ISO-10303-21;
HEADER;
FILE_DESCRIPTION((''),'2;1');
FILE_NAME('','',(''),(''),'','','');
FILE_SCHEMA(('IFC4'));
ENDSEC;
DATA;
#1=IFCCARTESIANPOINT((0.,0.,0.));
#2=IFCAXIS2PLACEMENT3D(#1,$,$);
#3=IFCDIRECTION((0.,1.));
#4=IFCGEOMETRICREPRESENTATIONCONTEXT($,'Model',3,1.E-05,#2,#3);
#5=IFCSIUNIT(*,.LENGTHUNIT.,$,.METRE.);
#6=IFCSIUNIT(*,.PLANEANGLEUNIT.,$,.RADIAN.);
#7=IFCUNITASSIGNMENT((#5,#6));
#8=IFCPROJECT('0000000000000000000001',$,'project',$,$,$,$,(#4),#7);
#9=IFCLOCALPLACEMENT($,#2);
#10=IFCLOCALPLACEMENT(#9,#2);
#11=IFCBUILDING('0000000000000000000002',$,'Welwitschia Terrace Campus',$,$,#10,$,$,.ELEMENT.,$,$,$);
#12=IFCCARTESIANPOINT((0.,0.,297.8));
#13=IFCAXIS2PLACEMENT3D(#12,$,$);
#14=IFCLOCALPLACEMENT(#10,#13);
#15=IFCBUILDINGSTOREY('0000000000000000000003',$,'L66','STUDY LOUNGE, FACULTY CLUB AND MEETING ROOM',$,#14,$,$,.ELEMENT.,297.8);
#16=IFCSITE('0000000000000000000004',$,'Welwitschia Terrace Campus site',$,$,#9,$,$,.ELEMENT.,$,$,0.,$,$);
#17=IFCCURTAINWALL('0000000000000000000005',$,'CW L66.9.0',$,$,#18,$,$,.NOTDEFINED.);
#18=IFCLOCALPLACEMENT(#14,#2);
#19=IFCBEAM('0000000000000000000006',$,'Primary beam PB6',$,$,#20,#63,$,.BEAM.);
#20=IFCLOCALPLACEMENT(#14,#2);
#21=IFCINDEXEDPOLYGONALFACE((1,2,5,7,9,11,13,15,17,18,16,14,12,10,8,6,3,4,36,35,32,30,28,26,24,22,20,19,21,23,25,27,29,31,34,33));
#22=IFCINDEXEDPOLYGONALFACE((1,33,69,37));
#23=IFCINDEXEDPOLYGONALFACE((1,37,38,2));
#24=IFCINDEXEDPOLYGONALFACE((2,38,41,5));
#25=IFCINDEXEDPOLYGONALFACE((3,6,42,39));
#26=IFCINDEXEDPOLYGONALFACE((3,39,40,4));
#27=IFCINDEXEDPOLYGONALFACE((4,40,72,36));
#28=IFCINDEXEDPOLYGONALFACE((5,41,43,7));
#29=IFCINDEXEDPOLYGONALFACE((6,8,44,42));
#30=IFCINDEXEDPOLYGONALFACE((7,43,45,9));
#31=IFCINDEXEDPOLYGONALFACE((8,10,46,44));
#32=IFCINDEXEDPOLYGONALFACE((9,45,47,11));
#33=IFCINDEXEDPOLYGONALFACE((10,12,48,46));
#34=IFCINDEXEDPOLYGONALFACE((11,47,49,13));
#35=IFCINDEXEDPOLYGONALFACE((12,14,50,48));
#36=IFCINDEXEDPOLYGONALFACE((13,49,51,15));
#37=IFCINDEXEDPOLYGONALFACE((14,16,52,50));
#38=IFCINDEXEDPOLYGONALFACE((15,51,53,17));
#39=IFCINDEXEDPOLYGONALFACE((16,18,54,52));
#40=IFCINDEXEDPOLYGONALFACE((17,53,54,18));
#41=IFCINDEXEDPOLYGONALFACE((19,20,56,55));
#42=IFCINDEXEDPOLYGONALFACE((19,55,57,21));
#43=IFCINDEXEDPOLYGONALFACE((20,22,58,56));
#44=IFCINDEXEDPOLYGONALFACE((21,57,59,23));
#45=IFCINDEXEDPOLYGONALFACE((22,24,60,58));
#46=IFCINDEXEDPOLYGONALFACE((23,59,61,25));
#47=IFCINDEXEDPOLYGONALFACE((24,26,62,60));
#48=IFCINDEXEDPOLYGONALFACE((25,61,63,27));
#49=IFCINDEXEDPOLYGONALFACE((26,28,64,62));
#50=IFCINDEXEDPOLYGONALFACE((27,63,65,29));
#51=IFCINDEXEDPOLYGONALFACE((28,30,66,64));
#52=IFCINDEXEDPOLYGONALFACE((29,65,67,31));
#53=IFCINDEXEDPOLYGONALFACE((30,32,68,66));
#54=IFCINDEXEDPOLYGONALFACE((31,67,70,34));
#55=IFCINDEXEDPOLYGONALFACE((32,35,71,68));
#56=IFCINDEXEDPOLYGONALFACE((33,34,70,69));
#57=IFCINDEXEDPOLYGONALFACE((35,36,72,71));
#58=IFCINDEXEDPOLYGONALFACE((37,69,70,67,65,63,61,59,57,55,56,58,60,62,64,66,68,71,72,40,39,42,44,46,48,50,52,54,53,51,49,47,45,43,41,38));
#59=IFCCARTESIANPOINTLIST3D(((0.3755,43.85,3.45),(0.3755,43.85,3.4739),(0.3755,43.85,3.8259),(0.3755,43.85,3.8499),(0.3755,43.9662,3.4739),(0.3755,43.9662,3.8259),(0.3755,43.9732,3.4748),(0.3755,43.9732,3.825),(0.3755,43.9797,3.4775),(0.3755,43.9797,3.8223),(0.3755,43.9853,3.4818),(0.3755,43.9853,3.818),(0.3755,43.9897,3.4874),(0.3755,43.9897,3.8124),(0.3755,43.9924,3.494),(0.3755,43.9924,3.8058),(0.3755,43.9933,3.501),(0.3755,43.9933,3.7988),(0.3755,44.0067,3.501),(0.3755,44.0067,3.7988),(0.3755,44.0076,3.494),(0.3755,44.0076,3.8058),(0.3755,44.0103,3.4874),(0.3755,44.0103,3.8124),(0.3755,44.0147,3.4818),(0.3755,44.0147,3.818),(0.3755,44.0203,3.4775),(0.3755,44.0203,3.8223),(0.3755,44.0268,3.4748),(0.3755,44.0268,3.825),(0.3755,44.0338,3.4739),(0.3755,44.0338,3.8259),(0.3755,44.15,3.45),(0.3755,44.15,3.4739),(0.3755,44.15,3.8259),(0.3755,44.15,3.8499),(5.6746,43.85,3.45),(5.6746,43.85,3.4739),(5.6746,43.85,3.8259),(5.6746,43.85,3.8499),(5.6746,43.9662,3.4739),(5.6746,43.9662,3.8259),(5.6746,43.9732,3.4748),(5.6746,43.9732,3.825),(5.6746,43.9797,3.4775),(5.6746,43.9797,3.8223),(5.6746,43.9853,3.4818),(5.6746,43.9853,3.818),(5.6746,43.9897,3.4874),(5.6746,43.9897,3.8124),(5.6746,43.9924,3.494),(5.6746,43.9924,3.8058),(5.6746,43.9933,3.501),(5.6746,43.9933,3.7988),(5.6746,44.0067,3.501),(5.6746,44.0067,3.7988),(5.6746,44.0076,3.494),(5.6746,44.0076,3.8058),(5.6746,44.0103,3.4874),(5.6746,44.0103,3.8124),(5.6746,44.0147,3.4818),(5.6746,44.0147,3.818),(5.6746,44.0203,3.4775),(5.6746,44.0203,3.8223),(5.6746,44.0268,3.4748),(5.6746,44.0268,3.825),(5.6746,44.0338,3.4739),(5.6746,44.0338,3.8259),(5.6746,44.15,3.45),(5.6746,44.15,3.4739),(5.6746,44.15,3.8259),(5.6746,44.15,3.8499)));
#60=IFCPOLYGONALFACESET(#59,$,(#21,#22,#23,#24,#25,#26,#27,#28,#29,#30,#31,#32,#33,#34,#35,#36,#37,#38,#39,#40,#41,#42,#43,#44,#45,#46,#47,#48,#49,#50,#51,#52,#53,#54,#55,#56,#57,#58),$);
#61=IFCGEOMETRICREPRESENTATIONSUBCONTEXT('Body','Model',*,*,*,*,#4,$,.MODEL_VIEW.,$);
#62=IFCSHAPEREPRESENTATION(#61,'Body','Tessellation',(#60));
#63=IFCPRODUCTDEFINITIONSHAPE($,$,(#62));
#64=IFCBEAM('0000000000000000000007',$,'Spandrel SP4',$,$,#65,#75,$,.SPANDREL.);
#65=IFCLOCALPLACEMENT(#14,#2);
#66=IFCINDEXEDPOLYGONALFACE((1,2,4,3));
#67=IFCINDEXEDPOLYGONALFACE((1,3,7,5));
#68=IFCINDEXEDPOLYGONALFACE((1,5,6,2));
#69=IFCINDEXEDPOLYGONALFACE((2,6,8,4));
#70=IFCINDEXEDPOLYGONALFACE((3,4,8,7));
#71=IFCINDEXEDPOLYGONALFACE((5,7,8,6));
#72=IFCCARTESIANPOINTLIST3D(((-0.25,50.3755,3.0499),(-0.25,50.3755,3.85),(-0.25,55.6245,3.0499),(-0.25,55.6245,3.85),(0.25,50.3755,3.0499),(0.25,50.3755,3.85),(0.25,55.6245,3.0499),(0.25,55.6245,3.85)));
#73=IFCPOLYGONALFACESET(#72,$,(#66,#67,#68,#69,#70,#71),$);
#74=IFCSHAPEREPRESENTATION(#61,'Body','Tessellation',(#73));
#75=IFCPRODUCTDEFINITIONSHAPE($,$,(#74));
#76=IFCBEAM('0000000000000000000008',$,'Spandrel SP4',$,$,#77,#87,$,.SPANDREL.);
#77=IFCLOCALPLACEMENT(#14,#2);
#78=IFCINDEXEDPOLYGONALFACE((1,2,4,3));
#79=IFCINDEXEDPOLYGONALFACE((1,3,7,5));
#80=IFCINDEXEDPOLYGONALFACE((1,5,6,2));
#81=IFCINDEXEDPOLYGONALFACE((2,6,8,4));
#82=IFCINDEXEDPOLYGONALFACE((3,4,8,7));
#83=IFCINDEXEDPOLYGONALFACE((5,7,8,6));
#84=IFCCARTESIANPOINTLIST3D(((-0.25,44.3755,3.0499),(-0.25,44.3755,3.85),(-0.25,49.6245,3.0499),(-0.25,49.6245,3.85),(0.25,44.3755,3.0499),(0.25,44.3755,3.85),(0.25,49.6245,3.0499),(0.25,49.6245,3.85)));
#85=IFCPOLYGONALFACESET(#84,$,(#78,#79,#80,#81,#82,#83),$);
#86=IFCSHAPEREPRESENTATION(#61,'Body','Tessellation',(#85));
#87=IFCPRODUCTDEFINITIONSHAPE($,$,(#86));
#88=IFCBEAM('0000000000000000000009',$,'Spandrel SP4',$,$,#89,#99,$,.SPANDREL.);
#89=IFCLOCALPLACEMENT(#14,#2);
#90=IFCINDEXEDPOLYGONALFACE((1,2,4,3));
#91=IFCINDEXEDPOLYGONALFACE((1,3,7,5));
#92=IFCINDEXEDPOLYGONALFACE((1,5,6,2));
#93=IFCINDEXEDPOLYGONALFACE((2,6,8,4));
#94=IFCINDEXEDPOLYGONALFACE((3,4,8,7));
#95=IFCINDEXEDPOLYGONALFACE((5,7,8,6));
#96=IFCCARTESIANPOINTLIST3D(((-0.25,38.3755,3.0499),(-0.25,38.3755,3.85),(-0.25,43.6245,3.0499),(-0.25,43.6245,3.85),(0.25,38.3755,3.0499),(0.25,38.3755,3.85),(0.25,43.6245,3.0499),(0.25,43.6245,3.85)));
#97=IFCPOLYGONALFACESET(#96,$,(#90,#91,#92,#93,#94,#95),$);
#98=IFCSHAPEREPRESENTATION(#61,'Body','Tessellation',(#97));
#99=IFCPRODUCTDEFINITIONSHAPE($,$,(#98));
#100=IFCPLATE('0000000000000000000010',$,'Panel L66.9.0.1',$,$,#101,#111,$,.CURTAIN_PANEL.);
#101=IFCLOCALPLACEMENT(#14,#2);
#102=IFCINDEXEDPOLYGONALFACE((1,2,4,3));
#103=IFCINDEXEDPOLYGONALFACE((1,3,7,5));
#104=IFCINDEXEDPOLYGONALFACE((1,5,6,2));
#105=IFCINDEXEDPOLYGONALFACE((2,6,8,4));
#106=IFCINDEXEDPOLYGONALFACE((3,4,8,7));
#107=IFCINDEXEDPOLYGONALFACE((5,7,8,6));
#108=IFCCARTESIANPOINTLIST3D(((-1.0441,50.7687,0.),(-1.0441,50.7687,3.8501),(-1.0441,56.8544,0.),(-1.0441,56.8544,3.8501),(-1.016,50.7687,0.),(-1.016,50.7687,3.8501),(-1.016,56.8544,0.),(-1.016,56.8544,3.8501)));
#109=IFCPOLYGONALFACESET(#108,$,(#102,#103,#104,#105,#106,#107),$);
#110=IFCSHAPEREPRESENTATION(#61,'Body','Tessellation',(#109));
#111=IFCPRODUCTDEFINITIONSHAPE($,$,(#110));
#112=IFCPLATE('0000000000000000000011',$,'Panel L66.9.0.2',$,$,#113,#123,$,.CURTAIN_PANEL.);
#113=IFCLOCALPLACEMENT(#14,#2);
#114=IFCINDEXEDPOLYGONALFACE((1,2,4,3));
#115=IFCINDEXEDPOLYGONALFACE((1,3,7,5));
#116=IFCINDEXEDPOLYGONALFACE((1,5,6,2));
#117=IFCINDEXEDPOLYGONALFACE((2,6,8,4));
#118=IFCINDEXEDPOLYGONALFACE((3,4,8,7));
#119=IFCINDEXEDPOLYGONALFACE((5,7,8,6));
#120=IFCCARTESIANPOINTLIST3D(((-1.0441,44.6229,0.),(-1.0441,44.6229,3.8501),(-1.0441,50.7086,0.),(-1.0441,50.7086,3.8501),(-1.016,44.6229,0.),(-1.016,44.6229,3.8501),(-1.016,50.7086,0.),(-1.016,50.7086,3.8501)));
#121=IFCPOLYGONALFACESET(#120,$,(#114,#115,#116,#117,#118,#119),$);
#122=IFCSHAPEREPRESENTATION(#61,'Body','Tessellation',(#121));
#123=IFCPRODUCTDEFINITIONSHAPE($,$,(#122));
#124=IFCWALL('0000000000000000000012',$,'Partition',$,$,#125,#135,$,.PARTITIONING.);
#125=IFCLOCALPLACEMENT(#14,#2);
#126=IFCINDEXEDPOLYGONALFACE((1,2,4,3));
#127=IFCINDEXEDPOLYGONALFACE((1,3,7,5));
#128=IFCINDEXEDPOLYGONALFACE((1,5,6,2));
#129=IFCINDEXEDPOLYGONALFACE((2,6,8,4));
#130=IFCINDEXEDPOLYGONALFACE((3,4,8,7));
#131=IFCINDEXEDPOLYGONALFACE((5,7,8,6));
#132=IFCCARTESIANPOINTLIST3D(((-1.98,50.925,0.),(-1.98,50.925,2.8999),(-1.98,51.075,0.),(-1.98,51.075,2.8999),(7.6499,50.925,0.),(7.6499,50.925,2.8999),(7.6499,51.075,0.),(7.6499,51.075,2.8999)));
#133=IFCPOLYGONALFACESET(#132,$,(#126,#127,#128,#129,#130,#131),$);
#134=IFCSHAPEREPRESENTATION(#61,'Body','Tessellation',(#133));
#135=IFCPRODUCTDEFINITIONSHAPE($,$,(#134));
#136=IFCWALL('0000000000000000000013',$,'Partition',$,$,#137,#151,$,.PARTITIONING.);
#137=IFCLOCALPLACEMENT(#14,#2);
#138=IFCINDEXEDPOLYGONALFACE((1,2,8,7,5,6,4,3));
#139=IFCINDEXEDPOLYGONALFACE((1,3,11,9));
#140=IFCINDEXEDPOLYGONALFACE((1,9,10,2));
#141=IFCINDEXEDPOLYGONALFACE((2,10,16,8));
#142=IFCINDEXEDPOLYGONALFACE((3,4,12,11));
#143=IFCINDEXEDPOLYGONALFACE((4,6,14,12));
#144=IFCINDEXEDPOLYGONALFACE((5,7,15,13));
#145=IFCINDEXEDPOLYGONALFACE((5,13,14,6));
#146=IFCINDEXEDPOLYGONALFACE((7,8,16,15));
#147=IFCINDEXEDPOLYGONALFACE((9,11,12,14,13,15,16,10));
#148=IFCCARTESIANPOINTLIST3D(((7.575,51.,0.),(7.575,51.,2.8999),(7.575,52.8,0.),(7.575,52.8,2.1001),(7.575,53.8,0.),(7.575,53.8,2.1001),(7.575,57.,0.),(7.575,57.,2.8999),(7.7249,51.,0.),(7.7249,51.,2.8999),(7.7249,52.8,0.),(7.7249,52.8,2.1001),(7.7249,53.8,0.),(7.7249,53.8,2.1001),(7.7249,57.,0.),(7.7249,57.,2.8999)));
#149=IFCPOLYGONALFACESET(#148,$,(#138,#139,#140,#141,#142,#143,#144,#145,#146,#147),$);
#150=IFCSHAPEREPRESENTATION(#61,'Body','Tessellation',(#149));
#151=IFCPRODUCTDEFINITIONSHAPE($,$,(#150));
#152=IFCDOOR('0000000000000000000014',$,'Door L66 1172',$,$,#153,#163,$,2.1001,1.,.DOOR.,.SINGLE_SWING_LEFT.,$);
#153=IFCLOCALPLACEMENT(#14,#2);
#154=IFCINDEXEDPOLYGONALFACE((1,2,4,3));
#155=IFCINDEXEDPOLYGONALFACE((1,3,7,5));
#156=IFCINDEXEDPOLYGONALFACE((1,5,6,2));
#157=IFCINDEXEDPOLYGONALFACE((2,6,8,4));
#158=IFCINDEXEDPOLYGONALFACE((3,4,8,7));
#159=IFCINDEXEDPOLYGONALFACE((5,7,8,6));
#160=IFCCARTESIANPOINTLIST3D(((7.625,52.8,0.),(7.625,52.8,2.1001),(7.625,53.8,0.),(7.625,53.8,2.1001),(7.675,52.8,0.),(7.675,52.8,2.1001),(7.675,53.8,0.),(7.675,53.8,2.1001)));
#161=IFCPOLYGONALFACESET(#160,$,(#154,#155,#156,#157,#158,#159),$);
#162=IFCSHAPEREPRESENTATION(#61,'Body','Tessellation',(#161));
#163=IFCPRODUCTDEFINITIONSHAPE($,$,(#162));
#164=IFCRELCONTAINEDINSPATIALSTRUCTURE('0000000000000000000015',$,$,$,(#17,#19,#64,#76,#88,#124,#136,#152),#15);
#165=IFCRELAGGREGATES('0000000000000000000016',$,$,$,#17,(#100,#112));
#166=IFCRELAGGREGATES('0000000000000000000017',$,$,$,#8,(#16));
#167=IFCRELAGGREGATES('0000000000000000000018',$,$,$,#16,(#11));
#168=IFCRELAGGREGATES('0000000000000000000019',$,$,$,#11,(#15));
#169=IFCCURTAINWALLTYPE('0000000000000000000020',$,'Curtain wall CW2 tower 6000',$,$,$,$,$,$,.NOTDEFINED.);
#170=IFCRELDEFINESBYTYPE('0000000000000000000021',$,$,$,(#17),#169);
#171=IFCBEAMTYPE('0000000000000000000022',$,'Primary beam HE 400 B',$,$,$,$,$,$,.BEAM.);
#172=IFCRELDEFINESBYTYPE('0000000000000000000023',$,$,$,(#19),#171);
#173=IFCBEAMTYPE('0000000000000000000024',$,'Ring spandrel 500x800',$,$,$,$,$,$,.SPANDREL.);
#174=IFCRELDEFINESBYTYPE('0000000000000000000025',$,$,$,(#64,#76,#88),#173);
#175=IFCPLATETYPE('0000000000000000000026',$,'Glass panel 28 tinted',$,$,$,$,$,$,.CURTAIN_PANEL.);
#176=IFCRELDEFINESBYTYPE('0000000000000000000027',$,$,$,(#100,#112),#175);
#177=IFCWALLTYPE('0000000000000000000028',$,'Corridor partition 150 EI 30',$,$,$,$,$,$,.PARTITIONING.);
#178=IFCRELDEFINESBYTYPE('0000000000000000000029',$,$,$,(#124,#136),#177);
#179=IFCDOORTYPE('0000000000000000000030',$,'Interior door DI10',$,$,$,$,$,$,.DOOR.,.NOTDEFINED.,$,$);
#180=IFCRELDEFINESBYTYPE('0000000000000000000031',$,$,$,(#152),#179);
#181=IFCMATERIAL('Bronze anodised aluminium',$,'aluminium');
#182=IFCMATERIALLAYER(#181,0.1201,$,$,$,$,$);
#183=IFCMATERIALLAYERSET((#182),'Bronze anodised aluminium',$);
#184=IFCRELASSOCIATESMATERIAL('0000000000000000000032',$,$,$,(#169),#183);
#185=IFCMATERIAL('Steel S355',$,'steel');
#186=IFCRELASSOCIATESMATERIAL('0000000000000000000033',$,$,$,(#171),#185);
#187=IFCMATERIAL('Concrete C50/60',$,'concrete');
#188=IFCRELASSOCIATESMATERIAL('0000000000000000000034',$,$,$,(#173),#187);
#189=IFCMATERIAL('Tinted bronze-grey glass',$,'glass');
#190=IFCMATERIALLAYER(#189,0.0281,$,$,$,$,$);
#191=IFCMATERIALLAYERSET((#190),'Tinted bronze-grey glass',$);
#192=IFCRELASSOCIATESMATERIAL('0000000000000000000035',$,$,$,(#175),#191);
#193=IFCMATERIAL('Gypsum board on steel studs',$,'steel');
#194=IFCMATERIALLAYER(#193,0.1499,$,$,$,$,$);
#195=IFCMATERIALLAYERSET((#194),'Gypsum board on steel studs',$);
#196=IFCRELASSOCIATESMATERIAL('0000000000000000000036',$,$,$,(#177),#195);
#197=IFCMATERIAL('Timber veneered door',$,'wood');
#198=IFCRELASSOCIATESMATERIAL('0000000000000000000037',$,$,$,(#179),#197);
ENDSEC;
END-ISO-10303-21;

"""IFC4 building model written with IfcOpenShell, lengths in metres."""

from ifc_helpers import new_model, si_unit, direction, frame, frame_2d, origin, origin_2d, place, context, subcontext, project, spatial, rectangle, i_section, extrude, material, layer, layer_set, material_profile, profile_set, type_object, element, fill, aggregate, save


model = new_model("IFC4")

# Units and contexts
model_context = context("Model", 3, precision=1e-05, world=origin(), true_north=direction((0.0, 1.0)))
body_context = subcontext(model_context, "Body", "Model", "MODEL_VIEW")
ifc_project = project(units=[si_unit("LENGTHUNIT", "METRE"), si_unit("PLANEANGLEUNIT", "RADIAN")], contexts=[model_context])

# Site, building, storey
site_placement = place(None, origin())
site = spatial("IfcSite", under=ifc_project, at=site_placement, Name="Welwitschia Terrace Campus site", CompositionType="ELEMENT", RefElevation=0.0)
building_placement = place(site_placement, origin())
building = spatial("IfcBuilding", under=site, at=building_placement, Name="Welwitschia Terrace Campus", CompositionType="ELEMENT")
storey_placement = place(building_placement, frame((0.0, 0.0, 297.8)))
storey = spatial("IfcBuildingStorey", under=building, at=storey_placement, Name="L66", Description="STUDY LOUNGE, FACULTY CLUB AND MEETING ROOM", CompositionType="ELEMENT", Elevation=297.8)

# Curtain wall
ifc_material_1 = material(Name="Bronze anodised aluminium", Category="aluminium")
ifc_layer_1 = layer(ifc_material_1, 0.1201)
ifc_layer_set_1 = layer_set([ifc_layer_1], Name="Bronze anodised aluminium")
curtain_wall_type = type_object("IfcCurtainWallType", Name="Curtain wall CW2 tower 6000", PredefinedType="NOTDEFINED", material=ifc_layer_set_1)
curtain_wall_placement = place(storey_placement, origin())
curtain_wall = element("IfcCurtainWall", 1, at=curtain_wall_placement, inside=storey, type_object=curtain_wall_type, Name="CW L66.9.0", PredefinedType="NOTDEFINED")

# Beams
ifc_material_2 = material(Name="Steel S355", Category="steel")
ifc_material_profile_1 = material_profile(ifc_material_2, i_section(OverallWidth=0.3, OverallDepth=0.3999, WebThickness=0.0134, FlangeThickness=0.0239, FilletRadius=0.0271, at=origin_2d()))
ifc_profile_set_1 = profile_set([ifc_material_profile_1], Name="Steel S355")
beam_type_1 = type_object("IfcBeamType", Name="Primary beam HE 400 B", PredefinedType="BEAM", material=ifc_profile_set_1)
for number, where, z_axis, x_axis, name in (
    (2, (0.3755, 44.0, 3.6499), (1.0, 0.0, 0.0), (0.0, 1.0, 0.0), "Primary beam PB6"),
):
    element("IfcBeam", number, at=place(storey_placement, frame(where, z_axis=z_axis, x_axis=x_axis)), inside=storey, type_object=beam_type_1, Name=name, PredefinedType="BEAM", context=body_context, shape_type="SweptSolid", body=[
        extrude(i_section(OverallWidth=0.3, OverallDepth=0.3999, WebThickness=0.0134, FlangeThickness=0.0239, FilletRadius=0.0271, at=origin_2d()), origin(), (0.0, 0.0, 1.0), 5.2991),
    ])
ifc_material_3 = material(Name="Concrete C50/60", Category="concrete")
ifc_material_profile_2 = material_profile(ifc_material_3, rectangle(XDim=0.5, YDim=0.8, at=origin_2d()))
ifc_profile_set_2 = profile_set([ifc_material_profile_2], Name="Concrete C50/60")
beam_type_2 = type_object("IfcBeamType", Name="Ring spandrel 500x800", PredefinedType="SPANDREL", material=ifc_profile_set_2)
for number, where, z_axis, x_axis, name in (
    (3, (0.0, 55.6245, 3.45), (0.0, -1.0, 0.0), (1.0, 0.0, 0.0), "Spandrel SP4"),
    (4, (0.0, 49.6245, 3.45), (0.0, -1.0, 0.0), (1.0, 0.0, 0.0), "Spandrel SP4"),
    (5, (0.0, 43.6245, 3.45), (0.0, -1.0, 0.0), (1.0, 0.0, 0.0), "Spandrel SP4"),
):
    element("IfcBeam", number, at=place(storey_placement, frame(where, z_axis=z_axis, x_axis=x_axis)), inside=storey, type_object=beam_type_2, Name=name, PredefinedType="SPANDREL", context=body_context, shape_type="SweptSolid", body=[
        extrude(rectangle(XDim=0.5, YDim=0.8, at=origin_2d()), origin(), (0.0, 0.0, 1.0), 5.249),
    ])

# Plates
ifc_material_4 = material(Name="Tinted bronze-grey glass", Category="glass")
ifc_layer_2 = layer(ifc_material_4, 0.0281)
ifc_layer_set_2 = layer_set([ifc_layer_2], Name="Tinted bronze-grey glass")
plate_type = type_object("IfcPlateType", Name="Glass panel 28 tinted", PredefinedType="CURTAIN_PANEL", material=ifc_layer_set_2)
plate_1_placement = place(storey_placement, frame((-1.03, 53.8115, 0.0), z_axis=(0.0, 0.0, 1.0), x_axis=(0.0, -1.0, 0.0)))
plate_1 = element("IfcPlate", 6, at=plate_1_placement, type_object=plate_type, Name="Panel L66.9.0.1", PredefinedType="CURTAIN_PANEL", context=body_context, shape_type="SweptSolid", body=[
    extrude(rectangle(XDim=6.0857, YDim=0.0281, at=origin_2d()), origin(), (0.0, 0.0, 1.0), 3.8501),
])
plate_2_placement = place(storey_placement, frame((-1.03, 47.6658, 0.0), z_axis=(0.0, 0.0, 1.0), x_axis=(0.0, -1.0, 0.0)))
plate_2 = element("IfcPlate", 7, at=plate_2_placement, type_object=plate_type, Name="Panel L66.9.0.2", PredefinedType="CURTAIN_PANEL", context=body_context, shape_type="SweptSolid", body=[
    extrude(rectangle(XDim=6.0857, YDim=0.0281, at=origin_2d()), origin(), (0.0, 0.0, 1.0), 3.8501),
])
aggregate(curtain_wall, [plate_1, plate_2])

# Wall
ifc_material_5 = material(Name="Gypsum board on steel studs", Category="steel")
ifc_layer_3 = layer(ifc_material_5, 0.1499)
ifc_layer_set_3 = layer_set([ifc_layer_3], Name="Gypsum board on steel studs")
wall_type = type_object("IfcWallType", Name="Corridor partition 150 EI 30", PredefinedType="PARTITIONING", material=ifc_layer_set_3)
wall_1_placement = place(storey_placement, frame((-1.98, 51.0, 0.0), z_axis=(0.0, 0.0, 1.0), x_axis=(1.0, 0.0, 0.0)))
element("IfcWall", 8, at=wall_1_placement, inside=storey, type_object=wall_type, Name="Partition", PredefinedType="PARTITIONING", context=body_context, shape_type="SweptSolid", body=[
    extrude(rectangle(XDim=9.6299, YDim=0.1499, at=frame_2d((4.8149, 0.0))), origin(), (0.0, 0.0, 1.0), 2.8999),
])

# Wall, opening, door
wall_2_placement = place(storey_placement, frame((7.6499, 51.0, 0.0), z_axis=(0.0, 0.0, 1.0), x_axis=(0.0, 1.0, 0.0)))
wall_2 = element("IfcWall", 9, at=wall_2_placement, inside=storey, type_object=wall_type, Name="Partition", PredefinedType="PARTITIONING", context=body_context, shape_type="SweptSolid", body=[
    extrude(rectangle(XDim=6.0, YDim=0.1499, at=frame_2d((3.0, 0.0))), origin(), (0.0, 0.0, 1.0), 2.8999),
])
opening_1_placement = place(wall_2_placement, frame((1.8, 0.0, 0.0)))
opening_1 = element("IfcOpeningElement", 10, at=opening_1_placement, cuts=wall_2, PredefinedType="OPENING", context=body_context, shape_type="SweptSolid", body=[
    extrude(rectangle(XDim=1.0, YDim=2.1001, at=frame_2d((0.5, 1.05))), frame((0.0, 0.085, 0.0), z_axis=(0.0, -1.0, 0.0), x_axis=(1.0, 0.0, 0.0)), (0.0, 0.0, 1.0), 0.1699),
])
ifc_material_6 = material(Name="Timber veneered door", Category="wood")
door_type = type_object("IfcDoorType", Name="Interior door DI10", OperationType="NOTDEFINED", PredefinedType="DOOR", material=ifc_material_6)
door_1_placement = place(opening_1_placement, origin())
door_1 = element("IfcDoor", 11, at=door_1_placement, inside=storey, type_object=door_type, Name="Door L66 1172", OperationType="SINGLE_SWING_LEFT", OverallHeight=2.1001, OverallWidth=1.0, PredefinedType="DOOR", context=body_context, shape_type="SweptSolid", body=[
    extrude(rectangle(XDim=1.0, YDim=2.1001, at=frame_2d((0.5, 1.05))), frame((0.0, 0.0249, 0.0), z_axis=(0.0, -1.0, 0.0), x_axis=(1.0, 0.0, 0.0)), (0.0, 0.0, 1.0), 0.05),
])
fill(opening_1, door_1)

save(model, "model.ifc")
